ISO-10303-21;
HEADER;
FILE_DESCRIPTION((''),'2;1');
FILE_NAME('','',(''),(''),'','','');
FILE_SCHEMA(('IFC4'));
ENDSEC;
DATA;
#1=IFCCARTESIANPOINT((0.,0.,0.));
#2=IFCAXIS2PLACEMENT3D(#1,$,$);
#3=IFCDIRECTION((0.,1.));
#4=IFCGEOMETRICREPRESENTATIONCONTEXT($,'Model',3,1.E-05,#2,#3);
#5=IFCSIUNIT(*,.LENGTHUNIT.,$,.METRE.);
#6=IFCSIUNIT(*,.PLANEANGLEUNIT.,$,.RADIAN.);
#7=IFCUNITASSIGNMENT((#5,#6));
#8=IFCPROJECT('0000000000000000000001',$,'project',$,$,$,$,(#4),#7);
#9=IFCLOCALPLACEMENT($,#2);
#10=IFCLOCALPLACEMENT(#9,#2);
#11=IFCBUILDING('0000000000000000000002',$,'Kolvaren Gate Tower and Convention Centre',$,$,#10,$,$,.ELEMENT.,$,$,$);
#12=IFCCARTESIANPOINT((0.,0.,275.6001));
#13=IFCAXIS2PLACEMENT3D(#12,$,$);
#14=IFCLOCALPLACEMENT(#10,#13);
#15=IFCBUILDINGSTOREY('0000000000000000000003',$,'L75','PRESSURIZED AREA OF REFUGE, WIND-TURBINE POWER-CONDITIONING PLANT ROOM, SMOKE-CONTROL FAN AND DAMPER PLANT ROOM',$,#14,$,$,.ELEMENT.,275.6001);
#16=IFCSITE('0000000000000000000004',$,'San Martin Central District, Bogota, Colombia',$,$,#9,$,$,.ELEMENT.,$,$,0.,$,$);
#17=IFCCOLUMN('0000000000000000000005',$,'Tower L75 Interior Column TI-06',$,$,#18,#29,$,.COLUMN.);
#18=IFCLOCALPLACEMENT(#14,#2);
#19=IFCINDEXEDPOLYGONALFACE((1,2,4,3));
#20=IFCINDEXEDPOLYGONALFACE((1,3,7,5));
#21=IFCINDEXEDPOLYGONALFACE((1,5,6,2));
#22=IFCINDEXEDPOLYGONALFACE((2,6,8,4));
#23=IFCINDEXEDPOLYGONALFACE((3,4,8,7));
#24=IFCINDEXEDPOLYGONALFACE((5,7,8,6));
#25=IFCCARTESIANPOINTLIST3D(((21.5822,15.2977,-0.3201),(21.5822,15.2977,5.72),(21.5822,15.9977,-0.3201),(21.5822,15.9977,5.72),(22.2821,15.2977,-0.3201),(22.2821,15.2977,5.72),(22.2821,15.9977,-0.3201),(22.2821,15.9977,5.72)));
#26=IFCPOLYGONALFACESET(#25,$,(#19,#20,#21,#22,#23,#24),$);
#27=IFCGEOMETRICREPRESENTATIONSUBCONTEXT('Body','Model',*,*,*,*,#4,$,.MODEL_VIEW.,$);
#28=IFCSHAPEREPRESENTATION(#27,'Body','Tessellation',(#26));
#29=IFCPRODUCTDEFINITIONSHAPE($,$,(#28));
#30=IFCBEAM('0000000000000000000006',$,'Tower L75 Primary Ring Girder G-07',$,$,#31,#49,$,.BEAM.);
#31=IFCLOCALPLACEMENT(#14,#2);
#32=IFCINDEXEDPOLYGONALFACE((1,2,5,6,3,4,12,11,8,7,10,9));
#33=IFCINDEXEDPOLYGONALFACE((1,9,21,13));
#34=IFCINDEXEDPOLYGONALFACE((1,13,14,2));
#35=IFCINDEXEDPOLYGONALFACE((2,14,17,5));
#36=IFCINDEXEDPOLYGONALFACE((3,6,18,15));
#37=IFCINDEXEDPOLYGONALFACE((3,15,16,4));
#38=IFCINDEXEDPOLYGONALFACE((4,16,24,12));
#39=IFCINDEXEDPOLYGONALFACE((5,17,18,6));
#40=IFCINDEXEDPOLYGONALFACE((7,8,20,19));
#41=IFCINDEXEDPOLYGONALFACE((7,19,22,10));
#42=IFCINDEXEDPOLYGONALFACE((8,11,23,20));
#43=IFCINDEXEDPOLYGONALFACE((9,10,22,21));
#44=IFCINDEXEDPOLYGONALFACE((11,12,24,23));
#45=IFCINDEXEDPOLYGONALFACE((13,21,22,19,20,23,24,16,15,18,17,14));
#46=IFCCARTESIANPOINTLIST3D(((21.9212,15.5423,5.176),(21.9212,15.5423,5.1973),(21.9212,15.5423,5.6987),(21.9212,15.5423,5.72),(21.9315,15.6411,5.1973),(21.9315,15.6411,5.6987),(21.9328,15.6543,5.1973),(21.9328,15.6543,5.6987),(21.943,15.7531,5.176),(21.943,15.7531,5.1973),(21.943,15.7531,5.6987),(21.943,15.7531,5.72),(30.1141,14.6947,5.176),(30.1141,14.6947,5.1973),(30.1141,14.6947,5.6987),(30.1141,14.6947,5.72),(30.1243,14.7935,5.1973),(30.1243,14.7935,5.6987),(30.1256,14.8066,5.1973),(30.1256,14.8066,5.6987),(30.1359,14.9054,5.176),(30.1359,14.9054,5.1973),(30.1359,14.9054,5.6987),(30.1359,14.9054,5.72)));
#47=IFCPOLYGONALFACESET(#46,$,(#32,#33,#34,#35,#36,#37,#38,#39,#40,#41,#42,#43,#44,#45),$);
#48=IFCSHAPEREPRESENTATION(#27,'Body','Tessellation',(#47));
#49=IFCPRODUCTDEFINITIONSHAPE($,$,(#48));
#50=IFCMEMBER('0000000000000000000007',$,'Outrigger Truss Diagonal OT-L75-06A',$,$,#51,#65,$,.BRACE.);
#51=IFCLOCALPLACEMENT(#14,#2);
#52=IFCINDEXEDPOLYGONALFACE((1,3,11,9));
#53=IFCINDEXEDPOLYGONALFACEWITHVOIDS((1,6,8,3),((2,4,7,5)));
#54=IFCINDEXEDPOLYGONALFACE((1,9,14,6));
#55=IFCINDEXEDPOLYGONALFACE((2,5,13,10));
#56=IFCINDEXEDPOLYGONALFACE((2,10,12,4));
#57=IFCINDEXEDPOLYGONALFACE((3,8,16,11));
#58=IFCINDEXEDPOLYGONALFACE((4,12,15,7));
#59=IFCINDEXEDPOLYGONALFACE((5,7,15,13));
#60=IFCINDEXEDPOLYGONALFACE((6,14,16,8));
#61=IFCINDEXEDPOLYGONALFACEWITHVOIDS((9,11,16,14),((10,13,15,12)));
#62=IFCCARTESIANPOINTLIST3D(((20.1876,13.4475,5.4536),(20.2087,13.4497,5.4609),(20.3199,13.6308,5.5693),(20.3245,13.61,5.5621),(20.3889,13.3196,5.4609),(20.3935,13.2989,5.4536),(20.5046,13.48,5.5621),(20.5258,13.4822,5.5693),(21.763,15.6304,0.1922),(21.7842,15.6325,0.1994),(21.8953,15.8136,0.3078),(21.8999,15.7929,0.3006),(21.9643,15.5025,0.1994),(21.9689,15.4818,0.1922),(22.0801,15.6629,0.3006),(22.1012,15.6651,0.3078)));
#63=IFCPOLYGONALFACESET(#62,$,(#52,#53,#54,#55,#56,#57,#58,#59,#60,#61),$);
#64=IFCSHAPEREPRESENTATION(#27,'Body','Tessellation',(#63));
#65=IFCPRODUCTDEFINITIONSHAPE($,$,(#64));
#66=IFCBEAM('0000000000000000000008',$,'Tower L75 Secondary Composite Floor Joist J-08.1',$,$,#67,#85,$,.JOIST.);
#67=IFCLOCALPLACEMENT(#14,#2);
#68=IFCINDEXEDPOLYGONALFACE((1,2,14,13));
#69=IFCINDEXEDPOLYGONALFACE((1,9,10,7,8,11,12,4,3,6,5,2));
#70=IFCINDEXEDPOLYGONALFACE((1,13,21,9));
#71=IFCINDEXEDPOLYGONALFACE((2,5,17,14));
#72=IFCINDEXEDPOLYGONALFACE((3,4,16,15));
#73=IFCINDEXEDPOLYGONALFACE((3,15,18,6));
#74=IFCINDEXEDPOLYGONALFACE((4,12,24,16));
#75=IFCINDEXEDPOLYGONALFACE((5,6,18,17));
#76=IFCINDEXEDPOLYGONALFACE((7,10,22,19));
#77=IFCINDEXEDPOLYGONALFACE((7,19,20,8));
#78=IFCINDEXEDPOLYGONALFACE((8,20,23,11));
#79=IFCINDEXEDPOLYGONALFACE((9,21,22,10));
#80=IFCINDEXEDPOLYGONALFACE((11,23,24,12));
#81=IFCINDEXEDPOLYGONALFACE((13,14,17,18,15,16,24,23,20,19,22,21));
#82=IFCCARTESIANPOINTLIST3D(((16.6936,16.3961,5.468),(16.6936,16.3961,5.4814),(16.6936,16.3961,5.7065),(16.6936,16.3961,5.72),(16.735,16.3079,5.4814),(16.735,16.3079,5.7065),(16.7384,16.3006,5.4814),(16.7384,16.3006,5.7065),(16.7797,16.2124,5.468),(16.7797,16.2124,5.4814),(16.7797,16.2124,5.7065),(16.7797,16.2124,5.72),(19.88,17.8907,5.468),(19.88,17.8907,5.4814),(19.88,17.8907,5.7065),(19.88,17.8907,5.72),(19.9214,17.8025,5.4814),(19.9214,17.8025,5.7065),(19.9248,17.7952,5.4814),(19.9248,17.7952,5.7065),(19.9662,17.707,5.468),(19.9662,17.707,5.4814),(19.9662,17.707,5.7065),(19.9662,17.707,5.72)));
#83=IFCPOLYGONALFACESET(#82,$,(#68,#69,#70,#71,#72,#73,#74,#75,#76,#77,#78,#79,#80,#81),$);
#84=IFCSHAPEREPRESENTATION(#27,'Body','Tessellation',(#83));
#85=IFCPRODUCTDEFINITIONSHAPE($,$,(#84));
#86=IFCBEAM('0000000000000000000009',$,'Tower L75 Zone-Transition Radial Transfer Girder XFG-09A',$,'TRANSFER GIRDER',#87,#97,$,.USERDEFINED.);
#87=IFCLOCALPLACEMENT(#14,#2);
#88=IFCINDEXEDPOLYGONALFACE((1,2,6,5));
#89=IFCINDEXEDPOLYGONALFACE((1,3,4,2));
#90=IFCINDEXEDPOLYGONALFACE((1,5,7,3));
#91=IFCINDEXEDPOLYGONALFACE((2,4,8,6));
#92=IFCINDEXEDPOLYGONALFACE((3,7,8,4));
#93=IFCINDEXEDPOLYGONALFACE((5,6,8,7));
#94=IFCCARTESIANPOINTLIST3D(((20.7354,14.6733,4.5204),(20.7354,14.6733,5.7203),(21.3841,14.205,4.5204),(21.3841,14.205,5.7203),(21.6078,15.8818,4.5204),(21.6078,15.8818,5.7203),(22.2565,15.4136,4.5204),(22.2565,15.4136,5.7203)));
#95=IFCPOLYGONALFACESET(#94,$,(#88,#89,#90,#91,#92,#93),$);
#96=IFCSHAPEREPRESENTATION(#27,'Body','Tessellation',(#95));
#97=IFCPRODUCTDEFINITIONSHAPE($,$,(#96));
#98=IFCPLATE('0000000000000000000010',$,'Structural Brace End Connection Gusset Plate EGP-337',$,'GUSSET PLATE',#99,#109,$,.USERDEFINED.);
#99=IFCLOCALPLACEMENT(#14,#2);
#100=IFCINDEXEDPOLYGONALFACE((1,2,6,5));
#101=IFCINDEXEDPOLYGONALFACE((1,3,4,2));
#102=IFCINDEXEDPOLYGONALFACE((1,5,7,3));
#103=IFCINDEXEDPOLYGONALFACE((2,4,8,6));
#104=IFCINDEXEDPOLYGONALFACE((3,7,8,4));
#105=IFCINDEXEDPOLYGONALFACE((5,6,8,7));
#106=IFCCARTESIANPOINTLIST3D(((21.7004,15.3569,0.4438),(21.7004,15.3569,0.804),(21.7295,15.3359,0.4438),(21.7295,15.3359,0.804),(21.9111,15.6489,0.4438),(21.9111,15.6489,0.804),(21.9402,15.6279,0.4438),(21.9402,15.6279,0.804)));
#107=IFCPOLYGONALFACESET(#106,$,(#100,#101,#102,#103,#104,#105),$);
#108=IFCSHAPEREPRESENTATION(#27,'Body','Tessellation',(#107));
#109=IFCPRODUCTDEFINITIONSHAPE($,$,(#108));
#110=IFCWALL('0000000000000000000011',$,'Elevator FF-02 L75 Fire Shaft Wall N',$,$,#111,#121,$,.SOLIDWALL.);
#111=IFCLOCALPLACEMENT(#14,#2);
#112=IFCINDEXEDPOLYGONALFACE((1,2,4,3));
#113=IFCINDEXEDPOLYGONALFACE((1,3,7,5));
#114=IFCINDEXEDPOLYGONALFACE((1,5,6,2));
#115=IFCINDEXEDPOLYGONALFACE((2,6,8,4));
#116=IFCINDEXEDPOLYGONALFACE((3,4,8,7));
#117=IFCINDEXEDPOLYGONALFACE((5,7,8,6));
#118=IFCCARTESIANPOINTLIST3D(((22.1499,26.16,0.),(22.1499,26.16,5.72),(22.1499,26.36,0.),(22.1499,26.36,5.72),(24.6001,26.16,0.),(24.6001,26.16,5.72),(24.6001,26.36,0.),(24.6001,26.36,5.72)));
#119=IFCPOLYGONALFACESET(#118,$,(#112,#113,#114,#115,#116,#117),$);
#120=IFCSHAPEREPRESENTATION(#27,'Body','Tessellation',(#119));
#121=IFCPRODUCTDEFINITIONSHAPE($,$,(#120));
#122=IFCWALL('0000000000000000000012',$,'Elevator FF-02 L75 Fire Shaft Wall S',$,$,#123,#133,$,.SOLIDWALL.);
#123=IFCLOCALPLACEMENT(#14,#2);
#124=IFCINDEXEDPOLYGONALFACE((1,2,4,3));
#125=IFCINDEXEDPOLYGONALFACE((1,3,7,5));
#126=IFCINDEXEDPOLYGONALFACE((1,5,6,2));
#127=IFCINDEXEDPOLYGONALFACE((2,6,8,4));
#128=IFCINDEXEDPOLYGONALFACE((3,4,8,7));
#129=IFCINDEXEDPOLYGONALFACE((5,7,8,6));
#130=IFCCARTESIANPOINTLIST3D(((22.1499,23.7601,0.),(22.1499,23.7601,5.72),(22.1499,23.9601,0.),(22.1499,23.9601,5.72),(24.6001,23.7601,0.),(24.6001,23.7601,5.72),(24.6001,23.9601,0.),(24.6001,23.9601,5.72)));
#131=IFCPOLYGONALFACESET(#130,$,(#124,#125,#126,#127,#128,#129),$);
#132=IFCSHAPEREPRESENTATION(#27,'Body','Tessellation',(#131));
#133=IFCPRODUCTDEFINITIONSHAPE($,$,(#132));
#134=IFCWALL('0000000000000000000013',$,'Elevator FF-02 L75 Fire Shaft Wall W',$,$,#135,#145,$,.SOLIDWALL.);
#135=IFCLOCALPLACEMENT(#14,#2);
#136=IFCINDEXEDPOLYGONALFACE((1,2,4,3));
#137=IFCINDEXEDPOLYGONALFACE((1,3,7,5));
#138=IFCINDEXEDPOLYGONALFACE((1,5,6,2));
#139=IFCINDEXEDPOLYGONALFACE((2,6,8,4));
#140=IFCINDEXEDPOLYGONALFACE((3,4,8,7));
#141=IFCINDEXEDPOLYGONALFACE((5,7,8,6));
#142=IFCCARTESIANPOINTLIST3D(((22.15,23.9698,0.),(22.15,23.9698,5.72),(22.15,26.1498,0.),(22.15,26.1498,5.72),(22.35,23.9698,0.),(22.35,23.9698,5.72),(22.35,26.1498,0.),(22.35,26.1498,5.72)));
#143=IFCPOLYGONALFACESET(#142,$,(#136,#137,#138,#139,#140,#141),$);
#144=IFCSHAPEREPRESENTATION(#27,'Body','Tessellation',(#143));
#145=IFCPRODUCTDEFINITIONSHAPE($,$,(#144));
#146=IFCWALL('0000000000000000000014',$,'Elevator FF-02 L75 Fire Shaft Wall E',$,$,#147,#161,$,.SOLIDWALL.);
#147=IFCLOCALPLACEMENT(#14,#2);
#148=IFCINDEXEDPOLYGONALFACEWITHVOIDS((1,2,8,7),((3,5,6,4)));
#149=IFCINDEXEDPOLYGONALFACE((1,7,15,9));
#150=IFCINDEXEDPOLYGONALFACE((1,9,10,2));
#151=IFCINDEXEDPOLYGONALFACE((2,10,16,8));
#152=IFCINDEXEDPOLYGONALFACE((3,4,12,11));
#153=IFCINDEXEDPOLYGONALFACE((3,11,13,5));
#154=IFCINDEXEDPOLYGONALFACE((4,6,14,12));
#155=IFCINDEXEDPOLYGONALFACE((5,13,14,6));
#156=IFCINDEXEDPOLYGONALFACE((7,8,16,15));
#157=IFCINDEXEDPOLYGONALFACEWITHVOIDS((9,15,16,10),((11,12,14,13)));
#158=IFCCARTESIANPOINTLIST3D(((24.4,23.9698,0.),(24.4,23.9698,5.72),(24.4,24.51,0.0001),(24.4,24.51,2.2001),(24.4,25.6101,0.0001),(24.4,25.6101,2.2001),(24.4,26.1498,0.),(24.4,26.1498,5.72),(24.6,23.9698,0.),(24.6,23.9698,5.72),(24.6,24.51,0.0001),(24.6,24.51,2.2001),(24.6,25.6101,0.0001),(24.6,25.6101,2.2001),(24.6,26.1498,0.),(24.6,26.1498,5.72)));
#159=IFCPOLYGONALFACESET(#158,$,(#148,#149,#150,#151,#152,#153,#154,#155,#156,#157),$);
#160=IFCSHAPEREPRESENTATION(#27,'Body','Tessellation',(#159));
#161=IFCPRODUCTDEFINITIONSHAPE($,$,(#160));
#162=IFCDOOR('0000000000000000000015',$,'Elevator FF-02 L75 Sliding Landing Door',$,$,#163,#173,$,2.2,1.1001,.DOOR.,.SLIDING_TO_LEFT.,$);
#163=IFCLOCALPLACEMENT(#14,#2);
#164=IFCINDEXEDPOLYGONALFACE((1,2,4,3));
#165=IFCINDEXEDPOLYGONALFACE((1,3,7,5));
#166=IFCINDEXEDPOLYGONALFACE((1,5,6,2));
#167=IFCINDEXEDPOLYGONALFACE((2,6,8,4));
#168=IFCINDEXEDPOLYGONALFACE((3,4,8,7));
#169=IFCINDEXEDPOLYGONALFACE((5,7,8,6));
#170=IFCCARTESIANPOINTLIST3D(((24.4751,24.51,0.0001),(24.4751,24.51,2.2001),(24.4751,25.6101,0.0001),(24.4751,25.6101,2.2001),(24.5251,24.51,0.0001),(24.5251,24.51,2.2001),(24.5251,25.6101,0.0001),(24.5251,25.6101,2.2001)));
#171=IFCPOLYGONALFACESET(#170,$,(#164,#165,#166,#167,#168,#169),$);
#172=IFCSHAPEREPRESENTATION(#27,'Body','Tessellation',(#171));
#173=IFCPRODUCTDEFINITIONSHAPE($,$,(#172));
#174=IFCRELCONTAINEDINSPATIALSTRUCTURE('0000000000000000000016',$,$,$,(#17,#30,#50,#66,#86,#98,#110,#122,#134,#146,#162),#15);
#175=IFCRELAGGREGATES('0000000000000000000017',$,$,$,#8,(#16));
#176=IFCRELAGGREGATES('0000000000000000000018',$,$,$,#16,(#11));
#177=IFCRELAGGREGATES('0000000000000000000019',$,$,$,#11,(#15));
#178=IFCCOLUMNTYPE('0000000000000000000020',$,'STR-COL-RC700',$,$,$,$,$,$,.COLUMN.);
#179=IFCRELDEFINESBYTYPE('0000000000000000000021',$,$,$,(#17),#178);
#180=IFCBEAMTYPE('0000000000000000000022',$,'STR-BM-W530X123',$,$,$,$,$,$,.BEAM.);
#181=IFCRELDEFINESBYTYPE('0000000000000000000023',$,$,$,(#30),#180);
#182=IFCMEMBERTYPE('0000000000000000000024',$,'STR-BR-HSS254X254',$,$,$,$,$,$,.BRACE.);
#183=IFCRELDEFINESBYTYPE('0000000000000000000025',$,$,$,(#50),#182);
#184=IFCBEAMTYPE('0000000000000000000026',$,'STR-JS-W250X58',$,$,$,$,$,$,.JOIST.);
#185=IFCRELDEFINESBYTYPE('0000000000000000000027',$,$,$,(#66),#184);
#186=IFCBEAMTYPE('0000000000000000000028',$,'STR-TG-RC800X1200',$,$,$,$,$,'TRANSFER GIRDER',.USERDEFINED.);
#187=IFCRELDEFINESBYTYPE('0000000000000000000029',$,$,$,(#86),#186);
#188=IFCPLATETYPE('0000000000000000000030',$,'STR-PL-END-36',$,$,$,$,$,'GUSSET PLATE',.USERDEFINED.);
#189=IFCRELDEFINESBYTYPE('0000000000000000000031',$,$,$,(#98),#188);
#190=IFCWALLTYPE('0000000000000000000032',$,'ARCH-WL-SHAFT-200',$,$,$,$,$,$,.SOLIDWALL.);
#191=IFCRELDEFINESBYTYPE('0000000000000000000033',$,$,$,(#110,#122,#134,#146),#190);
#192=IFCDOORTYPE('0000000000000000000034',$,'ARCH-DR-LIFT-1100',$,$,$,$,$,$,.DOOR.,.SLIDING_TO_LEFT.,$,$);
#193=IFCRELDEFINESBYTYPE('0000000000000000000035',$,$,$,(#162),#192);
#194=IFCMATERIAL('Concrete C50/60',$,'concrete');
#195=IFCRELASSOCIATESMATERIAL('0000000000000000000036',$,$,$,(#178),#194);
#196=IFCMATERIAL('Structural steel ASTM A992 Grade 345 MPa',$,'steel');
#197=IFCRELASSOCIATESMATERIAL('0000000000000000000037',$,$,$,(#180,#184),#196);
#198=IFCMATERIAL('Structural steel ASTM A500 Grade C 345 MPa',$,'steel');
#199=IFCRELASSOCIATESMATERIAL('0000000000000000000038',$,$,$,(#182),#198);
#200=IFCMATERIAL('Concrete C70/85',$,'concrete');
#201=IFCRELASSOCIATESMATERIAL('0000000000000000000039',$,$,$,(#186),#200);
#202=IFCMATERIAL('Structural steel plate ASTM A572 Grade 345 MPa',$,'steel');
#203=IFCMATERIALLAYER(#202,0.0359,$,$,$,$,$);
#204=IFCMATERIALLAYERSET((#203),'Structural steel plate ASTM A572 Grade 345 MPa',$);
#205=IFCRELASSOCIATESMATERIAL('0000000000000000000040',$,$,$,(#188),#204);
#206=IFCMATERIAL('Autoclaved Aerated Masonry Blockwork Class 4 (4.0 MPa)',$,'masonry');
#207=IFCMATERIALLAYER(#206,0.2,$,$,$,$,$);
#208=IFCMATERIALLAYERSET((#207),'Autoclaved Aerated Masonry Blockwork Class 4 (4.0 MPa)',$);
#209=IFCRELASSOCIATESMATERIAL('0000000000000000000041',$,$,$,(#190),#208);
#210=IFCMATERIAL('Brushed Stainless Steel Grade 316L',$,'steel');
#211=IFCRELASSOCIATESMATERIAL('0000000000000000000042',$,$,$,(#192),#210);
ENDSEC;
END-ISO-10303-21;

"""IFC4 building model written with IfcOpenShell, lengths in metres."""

from ifc_helpers import new_model, si_unit, direction, frame, frame_2d, origin, origin_2d, place, context, subcontext, project, spatial, rectangle, hollow_rectangle, i_section, extrude, material, layer, layer_set, material_profile, profile_set, type_object, element, fill, save


model = new_model("IFC4")

# Units and contexts
model_context = context("Model", 3, precision=1e-05, world=origin(), true_north=direction((0.0, 1.0)))
body_context = subcontext(model_context, "Body", "Model", "MODEL_VIEW")
ifc_project = project(units=[si_unit("LENGTHUNIT", "METRE"), si_unit("PLANEANGLEUNIT", "RADIAN")], contexts=[model_context])

# Site, building, storey
site_placement = place(None, origin())
site = spatial("IfcSite", under=ifc_project, at=site_placement, Name="San Martin Central District, Bogota, Colombia", CompositionType="ELEMENT", RefElevation=0.0)
building_placement = place(site_placement, origin())
building = spatial("IfcBuilding", under=site, at=building_placement, Name="Kolvaren Gate Tower and Convention Centre", CompositionType="ELEMENT")
storey_placement = place(building_placement, frame((0.0, 0.0, 275.6001)))
storey = spatial("IfcBuildingStorey", under=building, at=storey_placement, Name="L75", Description="PRESSURIZED AREA OF REFUGE, WIND-TURBINE POWER-CONDITIONING PLANT ROOM, SMOKE-CONTROL FAN AND DAMPER PLANT ROOM", CompositionType="ELEMENT", Elevation=275.6001)

# Column
ifc_material_1 = material(Name="Concrete C50/60", Category="concrete")
ifc_material_profile_1 = material_profile(ifc_material_1, rectangle(XDim=0.7, YDim=0.7, at=origin_2d()), Name="RC-COL-700X700")
ifc_profile_set_1 = profile_set([ifc_material_profile_1], Name="Concrete C50/60")
column_type = type_object("IfcColumnType", Name="STR-COL-RC700", PredefinedType="COLUMN", material=ifc_profile_set_1)
column_placement = place(storey_placement, frame((21.9321, 15.6477, -0.3201), z_axis=(0.0, 0.0, 1.0), x_axis=(1.0, 0.0, 0.0)))
element("IfcColumn", 1, at=column_placement, inside=storey, type_object=column_type, Name="Tower L75 Interior Column TI-06", PredefinedType="COLUMN", context=body_context, shape_type="SweptSolid", body=[
    extrude(rectangle(XDim=0.7, YDim=0.7, at=origin_2d()), origin(), (0.0, 0.0, 1.0), 6.04),
])

# Beam
ifc_material_2 = material(Name="Structural steel ASTM A992 Grade 345 MPa", Category="steel")
ifc_material_profile_2 = material_profile(ifc_material_2, i_section(OverallWidth=0.2119, OverallDepth=0.5439, WebThickness=0.0132, FlangeThickness=0.0212, at=origin_2d()), Name="W530X123")
ifc_profile_set_2 = profile_set([ifc_material_profile_2], Name="Structural steel ASTM A992 Grade 345 MPa")
beam_type_1 = type_object("IfcBeamType", Name="STR-BM-W530X123", PredefinedType="BEAM", material=ifc_profile_set_2)
beam_1_placement = place(storey_placement, frame((21.9321, 15.6477, 5.448), z_axis=(0.99469, -0.102913, 0.0), x_axis=(0.102913, 0.99469, 0.0)))
element("IfcBeam", 2, at=beam_1_placement, inside=storey, type_object=beam_type_1, Name="Tower L75 Primary Ring Girder G-07", PredefinedType="BEAM", context=body_context, shape_type="SweptSolid", body=[
    extrude(i_section(OverallWidth=0.2119, OverallDepth=0.5439, WebThickness=0.0132, FlangeThickness=0.0212, at=origin_2d()), origin(), (0.0, 0.0, 1.0), 8.2366),
])

# Member
ifc_material_3 = material(Name="Structural steel ASTM A500 Grade C 345 MPa", Category="steel")
ifc_material_profile_3 = material_profile(ifc_material_3, hollow_rectangle(XDim=0.2539, YDim=0.2539, WallThickness=0.0159, at=origin_2d()), Name="HSS254X254X15.9")
ifc_profile_set_3 = profile_set([ifc_material_profile_3], Name="Structural steel ASTM A500 Grade C 345 MPa")
member_type = type_object("IfcMemberType", Name="STR-BR-HSS254X254", PredefinedType="BRACE", material=ifc_profile_set_3)
member_placement = place(storey_placement, frame((21.9321, 15.6477, 0.25), z_axis=(-0.266565, -0.36934, 0.890242), x_axis=(0.810868, -0.585229, 0.0)))
element("IfcMember", 3, at=member_placement, inside=storey, type_object=member_type, Name="Outrigger Truss Diagonal OT-L75-06A", PredefinedType="BRACE", context=body_context, shape_type="SweptSolid", body=[
    extrude(hollow_rectangle(XDim=0.2539, YDim=0.2539, WallThickness=0.0159, at=origin_2d()), origin(), (0.0, 0.0, 1.0), 5.9102),
])

# Beams
ifc_material_profile_4 = material_profile(ifc_material_2, i_section(OverallWidth=0.2029, OverallDepth=0.252, WebThickness=0.0081, FlangeThickness=0.0134, at=origin_2d()), Name="W250X58")
ifc_profile_set_4 = profile_set([ifc_material_profile_4], Name="Structural steel ASTM A992 Grade 345 MPa")
beam_type_2 = type_object("IfcBeamType", Name="STR-JS-W250X58", PredefinedType="JOIST", material=ifc_profile_set_4)
beam_2_placement = place(storey_placement, frame((19.9231, 17.7988, 5.594), z_axis=(-0.905356, -0.424654, 0.0), x_axis=(0.424654, -0.905356, 0.0)))
element("IfcBeam", 4, at=beam_2_placement, inside=storey, type_object=beam_type_2, Name="Tower L75 Secondary Composite Floor Joist J-08.1", PredefinedType="JOIST", context=body_context, shape_type="SweptSolid", body=[
    extrude(i_section(OverallWidth=0.2029, OverallDepth=0.252, WebThickness=0.0081, FlangeThickness=0.0134, at=origin_2d()), origin(), (0.0, 0.0, 1.0), 3.5195),
])
ifc_material_4 = material(Name="Concrete C70/85", Category="concrete")
ifc_material_profile_5 = material_profile(ifc_material_4, rectangle(XDim=0.8, YDim=1.2, at=origin_2d()), Name="RC-BM-800X1200")
ifc_profile_set_5 = profile_set([ifc_material_profile_5], Name="Concrete C70/85")
beam_type_3 = type_object("IfcBeamType", Name="STR-TG-RC800X1200", ElementType="TRANSFER GIRDER", PredefinedType="USERDEFINED", material=ifc_profile_set_5)
beam_3_placement = place(storey_placement, frame((21.9321, 15.6477, 5.1204), z_axis=(-0.585275, -0.810835, 0.0), x_axis=(0.810835, -0.585275, 0.0)))
element("IfcBeam", 5, at=beam_3_placement, inside=storey, type_object=beam_type_3, Name="Tower L75 Zone-Transition Radial Transfer Girder XFG-09A", ObjectType="TRANSFER GIRDER", PredefinedType="USERDEFINED", context=body_context, shape_type="SweptSolid", body=[
    extrude(rectangle(XDim=0.8, YDim=1.2, at=origin_2d()), origin(), (0.0, 0.0, 1.0), 1.4905),
])

# Plate
ifc_material_5 = material(Name="Structural steel plate ASTM A572 Grade 345 MPa", Category="steel")
ifc_layer_1 = layer(ifc_material_5, 0.0359)
ifc_layer_set_1 = layer_set([ifc_layer_1], Name="Structural steel plate ASTM A572 Grade 345 MPa")
plate_type = type_object("IfcPlateType", Name="STR-PL-END-36", ElementType="GUSSET PLATE", PredefinedType="USERDEFINED", material=ifc_layer_set_1)
plate_placement = place(storey_placement, frame((21.8203, 15.4924, 0.4438), z_axis=(0.0, 0.0, 1.0), x_axis=(-0.585205, -0.810885, 0.0)))
element("IfcPlate", 6, at=plate_placement, inside=storey, type_object=plate_type, Name="Structural Brace End Connection Gusset Plate EGP-337", ObjectType="GUSSET PLATE", PredefinedType="USERDEFINED", context=body_context, shape_type="SweptSolid", body=[
    extrude(rectangle(XDim=0.3601, YDim=0.0359, at=origin_2d()), origin(), (0.0, 0.0, 1.0), 0.3601),
])

# Walls
ifc_material_6 = material(Name="Autoclaved Aerated Masonry Blockwork Class 4 (4.0 MPa)", Category="masonry")
ifc_layer_2 = layer(ifc_material_6, 0.2)
ifc_layer_set_2 = layer_set([ifc_layer_2], Name="Autoclaved Aerated Masonry Blockwork Class 4 (4.0 MPa)")
wall_type_1 = type_object("IfcWallType", Name="ARCH-WL-SHAFT-200", PredefinedType="SOLIDWALL", material=ifc_layer_set_2)
for number, where, z_axis, x_axis, name in (
    (7, (22.1499, 26.26, 0.0), (0.0, 0.0, 1.0), (1.0, 0.0, 0.0), "Elevator FF-02 L75 Fire Shaft Wall N"),
    (8, (22.1499, 23.8601, 0.0), (0.0, 0.0, 1.0), (1.0, 0.0, 0.0), "Elevator FF-02 L75 Fire Shaft Wall S"),
):
    element("IfcWall", number, at=place(storey_placement, frame(where, z_axis=z_axis, x_axis=x_axis)), inside=storey, type_object=wall_type_1, Name=name, PredefinedType="SOLIDWALL", context=body_context, shape_type="SweptSolid", body=[
        extrude(rectangle(XDim=2.4502, YDim=0.2, at=frame_2d((1.2251, 0.0))), origin(), (0.0, 0.0, 1.0), 5.72),
    ])
wall_1_placement = place(storey_placement, frame((22.25, 23.97, 0.0), z_axis=(0.0, 0.0, 1.0), x_axis=(0.0, 1.0, 0.0)))
element("IfcWall", 9, at=wall_1_placement, inside=storey, type_object=wall_type_1, Name="Elevator FF-02 L75 Fire Shaft Wall W", PredefinedType="SOLIDWALL", context=body_context, shape_type="SweptSolid", body=[
    extrude(rectangle(XDim=2.1799, YDim=0.2, at=frame_2d((1.0898, 0.0))), origin(), (0.0, 0.0, 1.0), 5.72),
])

# Wall, opening, door
wall_2_placement = place(storey_placement, frame((24.5, 23.97, 0.0), z_axis=(0.0, 0.0, 1.0), x_axis=(0.0, 1.0, 0.0)))
wall_2 = element("IfcWall", 10, at=wall_2_placement, inside=storey, type_object=wall_type_1, Name="Elevator FF-02 L75 Fire Shaft Wall E", PredefinedType="SOLIDWALL", context=body_context, shape_type="SweptSolid", body=[
    extrude(rectangle(XDim=2.1799, YDim=0.2, at=frame_2d((1.0898, 0.0))), origin(), (0.0, 0.0, 1.0), 5.72),
])
opening_1_placement = place(wall_2_placement, frame((0.54, 0.0, 0.0)))
opening_1 = element("IfcOpeningElement", 11, at=opening_1_placement, cuts=wall_2, PredefinedType="OPENING", context=body_context, shape_type="SweptSolid", body=[
    extrude(rectangle(XDim=1.1001, YDim=2.2, at=frame_2d((0.55, 1.1001))), frame((0.0, 0.1099, 0.0), z_axis=(0.0, -1.0, 0.0), x_axis=(1.0, 0.0, 0.0)), (0.0, 0.0, 1.0), 0.22),
])
ifc_material_7 = material(Name="Brushed Stainless Steel Grade 316L", Category="steel")
door_type_1 = type_object("IfcDoorType", Name="ARCH-DR-LIFT-1100", OperationType="SLIDING_TO_LEFT", PredefinedType="DOOR", material=ifc_material_7)
door_1_placement = place(opening_1_placement, origin())
door_1 = element("IfcDoor", 12, at=door_1_placement, inside=storey, type_object=door_type_1, Name="Elevator FF-02 L75 Sliding Landing Door", OperationType="SLIDING_TO_LEFT", OverallHeight=2.2, OverallWidth=1.1001, PredefinedType="DOOR", context=body_context, shape_type="SweptSolid", body=[
    extrude(rectangle(XDim=1.1001, YDim=2.2, at=frame_2d((0.55, 1.1001))), frame((0.0, 0.0249, 0.0), z_axis=(0.0, -1.0, 0.0), x_axis=(1.0, 0.0, 0.0)), (0.0, 0.0, 1.0), 0.05),
])
fill(opening_1, door_1)

save(model, "model.ifc")
